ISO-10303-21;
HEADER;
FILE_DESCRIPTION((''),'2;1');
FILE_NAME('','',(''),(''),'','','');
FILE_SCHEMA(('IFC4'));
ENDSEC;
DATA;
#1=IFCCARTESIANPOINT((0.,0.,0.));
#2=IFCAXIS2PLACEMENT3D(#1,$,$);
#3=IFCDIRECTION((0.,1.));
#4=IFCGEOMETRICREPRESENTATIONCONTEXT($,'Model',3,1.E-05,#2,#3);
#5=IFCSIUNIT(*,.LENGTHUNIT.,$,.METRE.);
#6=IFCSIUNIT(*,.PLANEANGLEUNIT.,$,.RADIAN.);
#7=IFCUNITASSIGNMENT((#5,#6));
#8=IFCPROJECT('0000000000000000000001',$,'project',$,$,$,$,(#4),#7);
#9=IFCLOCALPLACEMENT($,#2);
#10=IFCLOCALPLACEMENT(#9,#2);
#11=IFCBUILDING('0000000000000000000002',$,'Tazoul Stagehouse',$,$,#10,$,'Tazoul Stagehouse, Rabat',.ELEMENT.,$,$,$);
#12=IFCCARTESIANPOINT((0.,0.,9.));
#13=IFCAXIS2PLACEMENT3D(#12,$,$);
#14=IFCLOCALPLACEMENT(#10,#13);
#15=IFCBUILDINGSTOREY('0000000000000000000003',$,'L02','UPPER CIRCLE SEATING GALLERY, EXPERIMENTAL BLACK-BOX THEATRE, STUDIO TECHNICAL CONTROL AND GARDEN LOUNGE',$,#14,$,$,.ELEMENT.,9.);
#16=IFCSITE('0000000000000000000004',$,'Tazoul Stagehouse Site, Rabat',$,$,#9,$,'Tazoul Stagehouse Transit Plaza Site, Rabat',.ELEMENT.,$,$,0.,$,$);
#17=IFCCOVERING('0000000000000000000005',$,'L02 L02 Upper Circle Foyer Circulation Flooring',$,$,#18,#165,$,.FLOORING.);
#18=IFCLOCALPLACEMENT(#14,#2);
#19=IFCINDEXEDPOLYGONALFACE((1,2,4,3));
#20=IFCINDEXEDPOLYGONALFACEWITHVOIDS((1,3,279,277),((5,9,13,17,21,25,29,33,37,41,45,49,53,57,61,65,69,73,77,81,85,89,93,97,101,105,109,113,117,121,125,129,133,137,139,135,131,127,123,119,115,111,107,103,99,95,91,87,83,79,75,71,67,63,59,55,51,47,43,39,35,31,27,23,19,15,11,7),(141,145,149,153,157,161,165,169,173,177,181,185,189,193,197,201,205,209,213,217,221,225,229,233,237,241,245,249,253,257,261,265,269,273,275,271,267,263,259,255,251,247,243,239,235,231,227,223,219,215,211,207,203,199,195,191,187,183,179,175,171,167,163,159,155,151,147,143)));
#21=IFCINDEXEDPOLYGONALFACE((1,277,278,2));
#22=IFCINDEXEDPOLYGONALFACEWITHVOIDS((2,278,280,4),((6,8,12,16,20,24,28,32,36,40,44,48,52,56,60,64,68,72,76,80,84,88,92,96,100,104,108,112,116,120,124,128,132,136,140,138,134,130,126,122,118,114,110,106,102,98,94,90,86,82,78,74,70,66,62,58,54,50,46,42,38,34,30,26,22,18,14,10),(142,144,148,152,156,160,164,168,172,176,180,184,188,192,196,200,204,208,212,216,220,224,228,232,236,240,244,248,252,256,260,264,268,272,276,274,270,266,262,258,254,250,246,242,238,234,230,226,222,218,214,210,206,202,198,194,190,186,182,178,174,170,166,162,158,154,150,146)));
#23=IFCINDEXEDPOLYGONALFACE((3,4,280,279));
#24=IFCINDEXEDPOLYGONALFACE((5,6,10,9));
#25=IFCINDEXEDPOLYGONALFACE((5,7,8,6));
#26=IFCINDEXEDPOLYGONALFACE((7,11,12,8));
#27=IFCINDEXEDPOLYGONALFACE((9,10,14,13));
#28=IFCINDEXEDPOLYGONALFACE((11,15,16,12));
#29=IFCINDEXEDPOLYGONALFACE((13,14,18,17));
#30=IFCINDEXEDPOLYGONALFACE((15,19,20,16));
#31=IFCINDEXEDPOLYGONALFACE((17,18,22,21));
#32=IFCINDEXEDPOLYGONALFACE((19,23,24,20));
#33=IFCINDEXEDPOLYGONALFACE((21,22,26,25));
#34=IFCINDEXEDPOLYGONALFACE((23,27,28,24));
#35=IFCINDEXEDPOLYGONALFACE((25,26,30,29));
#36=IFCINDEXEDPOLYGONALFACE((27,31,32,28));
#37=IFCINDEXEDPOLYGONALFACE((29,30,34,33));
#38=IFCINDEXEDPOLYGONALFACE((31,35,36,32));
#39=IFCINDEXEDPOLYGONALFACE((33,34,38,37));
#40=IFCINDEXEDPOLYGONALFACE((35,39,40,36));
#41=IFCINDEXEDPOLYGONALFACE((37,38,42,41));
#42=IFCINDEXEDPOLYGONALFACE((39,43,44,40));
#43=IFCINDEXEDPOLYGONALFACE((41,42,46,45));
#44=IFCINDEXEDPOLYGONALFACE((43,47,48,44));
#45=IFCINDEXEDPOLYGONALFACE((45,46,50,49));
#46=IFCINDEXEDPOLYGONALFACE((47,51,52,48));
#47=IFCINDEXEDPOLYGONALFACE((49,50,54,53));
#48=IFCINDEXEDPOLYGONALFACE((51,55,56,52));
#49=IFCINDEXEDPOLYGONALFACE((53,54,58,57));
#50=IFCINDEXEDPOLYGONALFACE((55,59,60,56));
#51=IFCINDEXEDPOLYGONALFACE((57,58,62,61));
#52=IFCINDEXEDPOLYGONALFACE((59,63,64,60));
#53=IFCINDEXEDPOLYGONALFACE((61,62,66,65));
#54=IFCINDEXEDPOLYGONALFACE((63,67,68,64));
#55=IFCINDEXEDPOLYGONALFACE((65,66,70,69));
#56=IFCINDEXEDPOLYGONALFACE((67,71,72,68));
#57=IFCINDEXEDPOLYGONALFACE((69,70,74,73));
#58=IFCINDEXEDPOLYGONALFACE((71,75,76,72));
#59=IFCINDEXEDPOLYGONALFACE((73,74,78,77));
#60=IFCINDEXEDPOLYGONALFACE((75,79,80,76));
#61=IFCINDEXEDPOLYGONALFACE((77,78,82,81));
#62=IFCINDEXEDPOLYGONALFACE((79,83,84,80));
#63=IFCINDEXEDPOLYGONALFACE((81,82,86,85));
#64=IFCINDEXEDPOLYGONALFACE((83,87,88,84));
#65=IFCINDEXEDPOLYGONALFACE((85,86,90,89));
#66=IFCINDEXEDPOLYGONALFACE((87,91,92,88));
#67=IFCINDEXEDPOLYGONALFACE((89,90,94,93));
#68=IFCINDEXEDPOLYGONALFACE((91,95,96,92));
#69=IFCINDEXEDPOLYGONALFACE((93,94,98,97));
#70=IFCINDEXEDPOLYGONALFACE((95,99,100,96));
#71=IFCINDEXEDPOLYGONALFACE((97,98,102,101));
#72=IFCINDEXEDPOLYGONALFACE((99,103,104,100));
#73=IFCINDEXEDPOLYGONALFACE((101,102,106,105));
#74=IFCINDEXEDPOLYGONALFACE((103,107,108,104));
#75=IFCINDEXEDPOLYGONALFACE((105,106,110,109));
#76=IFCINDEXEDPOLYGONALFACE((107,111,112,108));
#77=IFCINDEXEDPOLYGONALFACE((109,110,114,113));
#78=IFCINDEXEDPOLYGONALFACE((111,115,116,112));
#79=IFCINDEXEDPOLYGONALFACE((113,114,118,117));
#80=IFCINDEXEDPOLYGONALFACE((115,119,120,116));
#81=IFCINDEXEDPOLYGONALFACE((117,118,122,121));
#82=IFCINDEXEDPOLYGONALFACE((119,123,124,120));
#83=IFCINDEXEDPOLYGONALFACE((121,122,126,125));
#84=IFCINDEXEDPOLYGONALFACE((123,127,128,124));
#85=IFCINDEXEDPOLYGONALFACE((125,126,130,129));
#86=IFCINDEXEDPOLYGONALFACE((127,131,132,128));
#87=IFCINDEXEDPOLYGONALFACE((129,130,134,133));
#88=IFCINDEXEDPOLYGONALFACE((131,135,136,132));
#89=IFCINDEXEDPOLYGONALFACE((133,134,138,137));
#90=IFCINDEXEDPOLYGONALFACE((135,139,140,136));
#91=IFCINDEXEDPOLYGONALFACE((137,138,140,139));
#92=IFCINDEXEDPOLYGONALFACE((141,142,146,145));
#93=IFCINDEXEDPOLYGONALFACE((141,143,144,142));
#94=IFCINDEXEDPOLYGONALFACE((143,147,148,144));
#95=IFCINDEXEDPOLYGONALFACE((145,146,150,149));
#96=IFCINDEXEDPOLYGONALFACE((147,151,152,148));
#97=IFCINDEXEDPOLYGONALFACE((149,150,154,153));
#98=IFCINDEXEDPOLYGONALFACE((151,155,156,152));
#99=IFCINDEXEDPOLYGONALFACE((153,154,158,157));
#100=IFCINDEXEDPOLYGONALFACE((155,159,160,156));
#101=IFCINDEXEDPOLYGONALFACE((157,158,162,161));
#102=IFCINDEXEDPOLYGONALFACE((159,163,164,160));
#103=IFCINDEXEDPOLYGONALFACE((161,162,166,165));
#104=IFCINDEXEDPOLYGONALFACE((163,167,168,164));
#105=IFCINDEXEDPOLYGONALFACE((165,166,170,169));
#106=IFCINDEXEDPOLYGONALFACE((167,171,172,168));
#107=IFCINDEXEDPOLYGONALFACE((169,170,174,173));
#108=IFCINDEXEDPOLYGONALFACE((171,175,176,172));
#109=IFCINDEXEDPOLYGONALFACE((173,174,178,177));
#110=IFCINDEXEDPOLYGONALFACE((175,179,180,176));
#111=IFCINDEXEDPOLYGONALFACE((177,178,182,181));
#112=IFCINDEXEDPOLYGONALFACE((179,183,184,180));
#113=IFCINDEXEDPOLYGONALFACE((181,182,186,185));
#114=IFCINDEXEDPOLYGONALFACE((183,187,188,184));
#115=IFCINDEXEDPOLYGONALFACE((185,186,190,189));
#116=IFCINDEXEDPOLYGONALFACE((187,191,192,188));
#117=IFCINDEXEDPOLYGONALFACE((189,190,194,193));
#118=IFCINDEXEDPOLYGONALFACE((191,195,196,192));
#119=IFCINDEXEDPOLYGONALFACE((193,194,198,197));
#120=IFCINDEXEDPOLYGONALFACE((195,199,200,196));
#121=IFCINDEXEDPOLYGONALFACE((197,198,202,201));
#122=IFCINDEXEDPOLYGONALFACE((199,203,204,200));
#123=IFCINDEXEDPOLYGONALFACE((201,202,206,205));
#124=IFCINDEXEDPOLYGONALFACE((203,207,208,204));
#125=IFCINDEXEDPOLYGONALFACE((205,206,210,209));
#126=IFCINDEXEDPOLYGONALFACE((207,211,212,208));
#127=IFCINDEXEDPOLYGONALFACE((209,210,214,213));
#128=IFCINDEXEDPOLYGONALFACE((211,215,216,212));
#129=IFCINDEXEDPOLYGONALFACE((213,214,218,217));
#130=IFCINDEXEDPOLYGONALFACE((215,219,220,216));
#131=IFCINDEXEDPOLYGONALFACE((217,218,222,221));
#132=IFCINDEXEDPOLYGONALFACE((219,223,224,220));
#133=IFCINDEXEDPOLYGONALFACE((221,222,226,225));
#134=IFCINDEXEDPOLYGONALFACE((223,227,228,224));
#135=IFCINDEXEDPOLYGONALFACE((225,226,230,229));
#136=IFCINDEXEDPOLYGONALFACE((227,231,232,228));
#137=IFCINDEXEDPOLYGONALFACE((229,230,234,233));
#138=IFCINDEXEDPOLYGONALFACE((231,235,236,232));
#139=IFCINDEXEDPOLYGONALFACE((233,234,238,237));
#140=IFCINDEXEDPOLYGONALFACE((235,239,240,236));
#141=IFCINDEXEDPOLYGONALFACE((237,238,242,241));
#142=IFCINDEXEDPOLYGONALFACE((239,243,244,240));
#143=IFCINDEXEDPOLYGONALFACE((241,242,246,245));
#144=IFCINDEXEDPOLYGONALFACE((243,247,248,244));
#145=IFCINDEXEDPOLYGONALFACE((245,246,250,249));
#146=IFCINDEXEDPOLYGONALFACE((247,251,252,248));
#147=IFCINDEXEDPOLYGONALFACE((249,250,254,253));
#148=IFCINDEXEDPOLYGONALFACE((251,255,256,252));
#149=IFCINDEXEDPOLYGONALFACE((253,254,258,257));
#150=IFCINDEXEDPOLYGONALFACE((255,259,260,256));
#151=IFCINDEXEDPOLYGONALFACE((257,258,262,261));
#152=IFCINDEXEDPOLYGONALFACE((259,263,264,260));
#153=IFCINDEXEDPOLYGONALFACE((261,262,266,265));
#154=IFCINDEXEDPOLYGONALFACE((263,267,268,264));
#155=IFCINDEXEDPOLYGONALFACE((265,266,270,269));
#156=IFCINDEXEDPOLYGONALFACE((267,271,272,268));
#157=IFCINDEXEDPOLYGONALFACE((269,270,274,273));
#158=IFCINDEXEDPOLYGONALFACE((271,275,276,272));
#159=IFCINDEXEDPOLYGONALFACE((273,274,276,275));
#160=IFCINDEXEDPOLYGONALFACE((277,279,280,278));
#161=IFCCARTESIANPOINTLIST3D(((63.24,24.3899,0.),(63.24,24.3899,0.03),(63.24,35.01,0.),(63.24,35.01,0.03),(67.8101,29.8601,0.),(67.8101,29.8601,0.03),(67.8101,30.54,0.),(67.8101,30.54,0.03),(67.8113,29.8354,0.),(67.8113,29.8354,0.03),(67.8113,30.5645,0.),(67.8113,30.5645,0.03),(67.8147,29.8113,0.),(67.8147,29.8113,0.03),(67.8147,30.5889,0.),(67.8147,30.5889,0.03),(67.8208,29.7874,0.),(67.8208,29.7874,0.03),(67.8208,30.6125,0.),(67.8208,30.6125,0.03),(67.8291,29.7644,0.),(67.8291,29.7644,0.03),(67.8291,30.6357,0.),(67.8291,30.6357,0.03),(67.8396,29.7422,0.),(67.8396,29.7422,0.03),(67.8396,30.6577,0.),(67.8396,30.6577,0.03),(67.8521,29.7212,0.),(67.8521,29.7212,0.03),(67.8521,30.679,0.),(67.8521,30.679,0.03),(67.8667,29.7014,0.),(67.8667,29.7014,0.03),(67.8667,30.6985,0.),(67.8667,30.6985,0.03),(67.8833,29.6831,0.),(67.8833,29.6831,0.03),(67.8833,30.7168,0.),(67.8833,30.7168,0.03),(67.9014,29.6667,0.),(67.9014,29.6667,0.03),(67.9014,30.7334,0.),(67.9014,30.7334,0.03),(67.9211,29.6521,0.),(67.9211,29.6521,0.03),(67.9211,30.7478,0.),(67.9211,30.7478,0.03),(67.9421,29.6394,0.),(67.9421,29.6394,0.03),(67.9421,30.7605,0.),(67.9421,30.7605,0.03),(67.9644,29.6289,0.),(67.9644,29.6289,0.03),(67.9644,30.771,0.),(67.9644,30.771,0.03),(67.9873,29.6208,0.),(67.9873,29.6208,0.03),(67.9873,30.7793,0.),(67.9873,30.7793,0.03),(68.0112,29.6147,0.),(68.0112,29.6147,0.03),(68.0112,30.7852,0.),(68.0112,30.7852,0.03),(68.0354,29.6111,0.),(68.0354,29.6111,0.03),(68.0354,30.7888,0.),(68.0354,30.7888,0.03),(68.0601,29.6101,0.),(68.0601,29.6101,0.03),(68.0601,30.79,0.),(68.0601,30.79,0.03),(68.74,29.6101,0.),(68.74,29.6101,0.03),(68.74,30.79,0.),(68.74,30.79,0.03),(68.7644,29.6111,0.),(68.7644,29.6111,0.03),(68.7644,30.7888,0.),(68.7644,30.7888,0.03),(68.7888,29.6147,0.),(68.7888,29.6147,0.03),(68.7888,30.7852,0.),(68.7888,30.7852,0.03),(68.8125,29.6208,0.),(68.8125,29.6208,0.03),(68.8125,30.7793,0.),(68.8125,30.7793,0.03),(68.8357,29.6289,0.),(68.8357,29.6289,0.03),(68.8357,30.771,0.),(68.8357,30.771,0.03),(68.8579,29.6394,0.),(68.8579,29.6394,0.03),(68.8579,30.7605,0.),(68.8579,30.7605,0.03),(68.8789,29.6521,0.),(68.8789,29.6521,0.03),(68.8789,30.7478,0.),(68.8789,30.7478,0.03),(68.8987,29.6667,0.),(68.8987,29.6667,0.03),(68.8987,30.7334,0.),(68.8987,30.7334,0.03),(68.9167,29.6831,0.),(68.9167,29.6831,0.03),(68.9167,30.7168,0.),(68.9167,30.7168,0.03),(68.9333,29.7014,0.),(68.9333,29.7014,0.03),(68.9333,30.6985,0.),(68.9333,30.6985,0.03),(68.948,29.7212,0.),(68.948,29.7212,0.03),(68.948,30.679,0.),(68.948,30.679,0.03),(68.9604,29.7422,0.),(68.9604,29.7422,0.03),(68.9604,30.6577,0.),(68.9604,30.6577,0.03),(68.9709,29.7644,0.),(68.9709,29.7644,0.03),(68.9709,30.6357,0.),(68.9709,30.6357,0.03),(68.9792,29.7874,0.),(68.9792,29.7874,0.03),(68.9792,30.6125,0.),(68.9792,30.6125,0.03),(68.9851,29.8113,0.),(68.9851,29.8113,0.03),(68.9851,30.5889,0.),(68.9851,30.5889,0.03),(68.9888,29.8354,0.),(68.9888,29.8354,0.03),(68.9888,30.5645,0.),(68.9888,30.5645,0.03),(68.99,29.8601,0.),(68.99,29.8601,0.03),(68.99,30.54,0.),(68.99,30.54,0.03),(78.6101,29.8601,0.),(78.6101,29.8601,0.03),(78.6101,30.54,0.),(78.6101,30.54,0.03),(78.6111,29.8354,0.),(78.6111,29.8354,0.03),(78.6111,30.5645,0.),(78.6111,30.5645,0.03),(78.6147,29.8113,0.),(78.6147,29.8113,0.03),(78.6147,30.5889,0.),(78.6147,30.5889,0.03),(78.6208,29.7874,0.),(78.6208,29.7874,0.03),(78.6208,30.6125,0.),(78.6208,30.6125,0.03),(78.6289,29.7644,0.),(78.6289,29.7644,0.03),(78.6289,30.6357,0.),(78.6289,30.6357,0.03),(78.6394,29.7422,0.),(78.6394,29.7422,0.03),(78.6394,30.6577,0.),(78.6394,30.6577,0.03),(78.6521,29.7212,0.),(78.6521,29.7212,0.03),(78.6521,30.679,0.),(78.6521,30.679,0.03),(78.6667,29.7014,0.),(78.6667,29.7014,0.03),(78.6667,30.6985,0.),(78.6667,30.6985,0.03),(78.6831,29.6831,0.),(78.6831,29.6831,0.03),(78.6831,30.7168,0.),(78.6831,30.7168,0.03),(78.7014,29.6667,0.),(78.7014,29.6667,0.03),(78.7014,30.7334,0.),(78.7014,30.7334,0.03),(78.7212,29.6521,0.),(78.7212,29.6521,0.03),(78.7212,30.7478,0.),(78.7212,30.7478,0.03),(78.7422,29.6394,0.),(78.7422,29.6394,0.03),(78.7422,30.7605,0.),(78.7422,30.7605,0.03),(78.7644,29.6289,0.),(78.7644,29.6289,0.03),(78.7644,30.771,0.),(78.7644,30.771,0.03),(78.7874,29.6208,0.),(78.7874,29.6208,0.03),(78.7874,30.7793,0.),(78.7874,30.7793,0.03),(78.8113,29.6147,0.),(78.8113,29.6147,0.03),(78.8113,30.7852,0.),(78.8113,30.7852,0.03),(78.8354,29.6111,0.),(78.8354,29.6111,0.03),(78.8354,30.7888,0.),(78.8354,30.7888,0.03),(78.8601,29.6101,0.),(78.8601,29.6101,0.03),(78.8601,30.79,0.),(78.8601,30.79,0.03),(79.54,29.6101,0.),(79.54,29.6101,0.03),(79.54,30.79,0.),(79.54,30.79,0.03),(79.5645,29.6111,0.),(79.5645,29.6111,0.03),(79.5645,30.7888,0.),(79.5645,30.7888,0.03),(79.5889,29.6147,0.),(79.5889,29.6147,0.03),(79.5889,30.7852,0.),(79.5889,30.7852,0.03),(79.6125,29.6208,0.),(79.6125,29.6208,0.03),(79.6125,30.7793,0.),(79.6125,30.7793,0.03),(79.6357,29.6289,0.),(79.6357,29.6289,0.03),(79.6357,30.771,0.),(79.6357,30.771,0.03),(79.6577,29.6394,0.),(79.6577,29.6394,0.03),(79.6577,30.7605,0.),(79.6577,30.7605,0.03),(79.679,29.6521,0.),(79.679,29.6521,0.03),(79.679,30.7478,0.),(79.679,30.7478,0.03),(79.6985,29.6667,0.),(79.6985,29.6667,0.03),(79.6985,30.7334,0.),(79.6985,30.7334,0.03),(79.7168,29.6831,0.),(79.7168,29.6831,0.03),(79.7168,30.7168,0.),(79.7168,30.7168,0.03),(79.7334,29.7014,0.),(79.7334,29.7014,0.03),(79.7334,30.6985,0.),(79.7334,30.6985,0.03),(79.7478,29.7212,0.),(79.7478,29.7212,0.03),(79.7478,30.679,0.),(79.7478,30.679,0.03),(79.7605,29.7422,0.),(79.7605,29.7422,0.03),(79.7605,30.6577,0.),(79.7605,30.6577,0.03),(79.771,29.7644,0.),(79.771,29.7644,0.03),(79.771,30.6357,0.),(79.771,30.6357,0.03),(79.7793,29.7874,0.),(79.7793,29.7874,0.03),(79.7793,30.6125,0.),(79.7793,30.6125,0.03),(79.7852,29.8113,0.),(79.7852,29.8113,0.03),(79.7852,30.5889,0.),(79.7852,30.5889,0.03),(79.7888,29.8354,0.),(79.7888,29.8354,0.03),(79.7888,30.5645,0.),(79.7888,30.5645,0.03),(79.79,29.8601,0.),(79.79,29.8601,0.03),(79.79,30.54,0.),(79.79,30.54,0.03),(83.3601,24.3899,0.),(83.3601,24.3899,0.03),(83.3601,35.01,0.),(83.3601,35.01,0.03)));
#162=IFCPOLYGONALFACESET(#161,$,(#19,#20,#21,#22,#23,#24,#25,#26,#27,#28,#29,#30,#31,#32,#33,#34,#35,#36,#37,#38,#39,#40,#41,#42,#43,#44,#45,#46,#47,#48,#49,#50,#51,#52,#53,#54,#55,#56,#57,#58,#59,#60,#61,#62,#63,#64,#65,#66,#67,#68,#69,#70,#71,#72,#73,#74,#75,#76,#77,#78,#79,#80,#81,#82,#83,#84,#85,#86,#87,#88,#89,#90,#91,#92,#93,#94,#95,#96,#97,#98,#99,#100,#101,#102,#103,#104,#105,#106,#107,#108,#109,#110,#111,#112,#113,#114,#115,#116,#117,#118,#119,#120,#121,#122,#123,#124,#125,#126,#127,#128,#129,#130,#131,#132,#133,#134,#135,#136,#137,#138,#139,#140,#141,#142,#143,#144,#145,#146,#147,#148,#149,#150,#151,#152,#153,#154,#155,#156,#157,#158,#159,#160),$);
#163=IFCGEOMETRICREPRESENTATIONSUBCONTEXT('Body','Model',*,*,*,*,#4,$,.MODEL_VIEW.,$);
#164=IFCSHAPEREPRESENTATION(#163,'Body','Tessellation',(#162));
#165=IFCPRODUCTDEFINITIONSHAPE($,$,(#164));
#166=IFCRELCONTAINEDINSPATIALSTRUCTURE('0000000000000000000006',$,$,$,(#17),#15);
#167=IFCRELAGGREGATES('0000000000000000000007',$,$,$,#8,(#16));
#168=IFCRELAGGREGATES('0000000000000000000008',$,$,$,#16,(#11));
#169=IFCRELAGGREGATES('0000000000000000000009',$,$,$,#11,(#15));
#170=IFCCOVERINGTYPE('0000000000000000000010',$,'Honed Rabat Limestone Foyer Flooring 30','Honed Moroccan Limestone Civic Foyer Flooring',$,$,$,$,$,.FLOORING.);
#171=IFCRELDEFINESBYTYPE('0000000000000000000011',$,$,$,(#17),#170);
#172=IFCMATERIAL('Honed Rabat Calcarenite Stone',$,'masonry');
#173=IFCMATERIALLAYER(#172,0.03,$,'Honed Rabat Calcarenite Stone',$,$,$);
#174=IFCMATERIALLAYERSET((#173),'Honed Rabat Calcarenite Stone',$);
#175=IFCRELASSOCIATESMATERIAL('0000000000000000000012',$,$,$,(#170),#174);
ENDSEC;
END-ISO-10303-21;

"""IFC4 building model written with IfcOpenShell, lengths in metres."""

from ifc_helpers import new_model, si_unit, direction, frame, origin, place, context, subcontext, project, spatial, polyline, outline, extrude, material, layer, layer_set, type_object, element, save


model = new_model("IFC4")

# Units and contexts
model_context = context("Model", 3, precision=1e-05, world=origin(), true_north=direction((0.0, 1.0)))
body_context = subcontext(model_context, "Body", "Model", "MODEL_VIEW")
ifc_project = project(units=[si_unit("LENGTHUNIT", "METRE"), si_unit("PLANEANGLEUNIT", "RADIAN")], contexts=[model_context])

# Site, building, storey
site_placement = place(None, origin())
site = spatial("IfcSite", under=ifc_project, at=site_placement, Name="Tazoul Stagehouse Site, Rabat", LongName="Tazoul Stagehouse Transit Plaza Site, Rabat", CompositionType="ELEMENT", RefElevation=0.0)
building_placement = place(site_placement, origin())
building = spatial("IfcBuilding", under=site, at=building_placement, Name="Tazoul Stagehouse", LongName="Tazoul Stagehouse, Rabat", CompositionType="ELEMENT")
storey_placement = place(building_placement, frame((0.0, 0.0, 9.0)))
storey = spatial("IfcBuildingStorey", under=building, at=storey_placement, Name="L02", Description="UPPER CIRCLE SEATING GALLERY, EXPERIMENTAL BLACK-BOX THEATRE, STUDIO TECHNICAL CONTROL AND GARDEN LOUNGE", CompositionType="ELEMENT", Elevation=9.0)

# Covering
ifc_material_1 = material(Name="Honed Rabat Calcarenite Stone", Category="masonry")
ifc_layer_1 = layer(ifc_material_1, 0.03, Name="Honed Rabat Calcarenite Stone")
ifc_layer_set_1 = layer_set([ifc_layer_1], Name="Honed Rabat Calcarenite Stone")
covering_type_1 = type_object("IfcCoveringType", Name="Honed Rabat Limestone Foyer Flooring 30", Description="Honed Moroccan Limestone Civic Foyer Flooring", PredefinedType="FLOORING", material=ifc_layer_set_1)
covering_1_placement = place(storey_placement, origin())
element("IfcCovering", 1, at=covering_1_placement, inside=storey, type_object=covering_type_1, Name="L02 L02 Upper Circle Foyer Circulation Flooring", PredefinedType="FLOORING", context=body_context, shape_type="SweptSolid", body=[
    extrude(outline(polyline([(83.3601, 35.01), (83.3601, 24.3899), (63.24, 24.3899), (63.24, 35.01), (83.3601, 35.01)]), holes=[polyline([(79.7888, 30.5645), (79.7852, 30.5889), (79.7793, 30.6125), (79.771, 30.6357), (79.7605, 30.6577), (79.7478, 30.679), (79.7334, 30.6985), (79.7168, 30.7168), (79.6985, 30.7334), (79.679, 30.7478), (79.6577, 30.7605), (79.6357, 30.771), (79.6125, 30.7793), (79.5889, 30.7852), (79.5645, 30.7888), (79.54, 30.79), (78.8601, 30.79), (78.8354, 30.7888), (78.8113, 30.7852), (78.7874, 30.7793), (78.7644, 30.771), (78.7422, 30.7605), (78.7212, 30.7478), (78.7014, 30.7334), (78.6831, 30.7168), (78.6667, 30.6985), (78.6521, 30.679), (78.6394, 30.6577), (78.6289, 30.6357), (78.6208, 30.6125), (78.6147, 30.5889), (78.6111, 30.5645), (78.6101, 30.54), (78.6101, 29.8601), (78.6111, 29.8354), (78.6147, 29.8113), (78.6208, 29.7874), (78.6289, 29.7644), (78.6394, 29.7422), (78.6521, 29.7212), (78.6667, 29.7014), (78.6831, 29.6831), (78.7014, 29.6667), (78.7212, 29.6521), (78.7422, 29.6394), (78.7644, 29.6289), (78.7874, 29.6208), (78.8113, 29.6147), (78.8354, 29.6111), (78.8601, 29.6101), (79.54, 29.6101), (79.5645, 29.6111), (79.5889, 29.6147), (79.6125, 29.6208), (79.6357, 29.6289), (79.6577, 29.6394), (79.679, 29.6521), (79.6985, 29.6667), (79.7168, 29.6831), (79.7334, 29.7014), (79.7478, 29.7212), (79.7605, 29.7422), (79.771, 29.7644), (79.7793, 29.7874), (79.7852, 29.8113), (79.7888, 29.8354), (79.79, 29.8601), (79.79, 30.54), (79.7888, 30.5645)]), polyline([(68.9888, 30.5645), (68.9851, 30.5889), (68.9792, 30.6125), (68.9709, 30.6357), (68.9604, 30.6577), (68.948, 30.679), (68.9333, 30.6985), (68.9167, 30.7168), (68.8987, 30.7334), (68.8789, 30.7478), (68.8579, 30.7605), (68.8357, 30.771), (68.8125, 30.7793), (68.7888, 30.7852), (68.7644, 30.7888), (68.74, 30.79), (68.0601, 30.79), (68.0354, 30.7888), (68.0112, 30.7852), (67.9873, 30.7793), (67.9644, 30.771), (67.9421, 30.7605), (67.9211, 30.7478), (67.9014, 30.7334), (67.8833, 30.7168), (67.8667, 30.6985), (67.8521, 30.679), (67.8396, 30.6577), (67.8291, 30.6357), (67.8208, 30.6125), (67.8147, 30.5889), (67.8113, 30.5645), (67.8101, 30.54), (67.8101, 29.8601), (67.8113, 29.8354), (67.8147, 29.8113), (67.8208, 29.7874), (67.8291, 29.7644), (67.8396, 29.7422), (67.8521, 29.7212), (67.8667, 29.7014), (67.8833, 29.6831), (67.9014, 29.6667), (67.9211, 29.6521), (67.9421, 29.6394), (67.9644, 29.6289), (67.9873, 29.6208), (68.0112, 29.6147), (68.0354, 29.6111), (68.0601, 29.6101), (68.74, 29.6101), (68.7644, 29.6111), (68.7888, 29.6147), (68.8125, 29.6208), (68.8357, 29.6289), (68.8579, 29.6394), (68.8789, 29.6521), (68.8987, 29.6667), (68.9167, 29.6831), (68.9333, 29.7014), (68.948, 29.7212), (68.9604, 29.7422), (68.9709, 29.7644), (68.9792, 29.7874), (68.9851, 29.8113), (68.9888, 29.8354), (68.99, 29.8601), (68.99, 30.54), (68.9888, 30.5645)])]), origin(), (0.0, 0.0, 1.0), 0.03),
])

save(model, "model.ifc")
